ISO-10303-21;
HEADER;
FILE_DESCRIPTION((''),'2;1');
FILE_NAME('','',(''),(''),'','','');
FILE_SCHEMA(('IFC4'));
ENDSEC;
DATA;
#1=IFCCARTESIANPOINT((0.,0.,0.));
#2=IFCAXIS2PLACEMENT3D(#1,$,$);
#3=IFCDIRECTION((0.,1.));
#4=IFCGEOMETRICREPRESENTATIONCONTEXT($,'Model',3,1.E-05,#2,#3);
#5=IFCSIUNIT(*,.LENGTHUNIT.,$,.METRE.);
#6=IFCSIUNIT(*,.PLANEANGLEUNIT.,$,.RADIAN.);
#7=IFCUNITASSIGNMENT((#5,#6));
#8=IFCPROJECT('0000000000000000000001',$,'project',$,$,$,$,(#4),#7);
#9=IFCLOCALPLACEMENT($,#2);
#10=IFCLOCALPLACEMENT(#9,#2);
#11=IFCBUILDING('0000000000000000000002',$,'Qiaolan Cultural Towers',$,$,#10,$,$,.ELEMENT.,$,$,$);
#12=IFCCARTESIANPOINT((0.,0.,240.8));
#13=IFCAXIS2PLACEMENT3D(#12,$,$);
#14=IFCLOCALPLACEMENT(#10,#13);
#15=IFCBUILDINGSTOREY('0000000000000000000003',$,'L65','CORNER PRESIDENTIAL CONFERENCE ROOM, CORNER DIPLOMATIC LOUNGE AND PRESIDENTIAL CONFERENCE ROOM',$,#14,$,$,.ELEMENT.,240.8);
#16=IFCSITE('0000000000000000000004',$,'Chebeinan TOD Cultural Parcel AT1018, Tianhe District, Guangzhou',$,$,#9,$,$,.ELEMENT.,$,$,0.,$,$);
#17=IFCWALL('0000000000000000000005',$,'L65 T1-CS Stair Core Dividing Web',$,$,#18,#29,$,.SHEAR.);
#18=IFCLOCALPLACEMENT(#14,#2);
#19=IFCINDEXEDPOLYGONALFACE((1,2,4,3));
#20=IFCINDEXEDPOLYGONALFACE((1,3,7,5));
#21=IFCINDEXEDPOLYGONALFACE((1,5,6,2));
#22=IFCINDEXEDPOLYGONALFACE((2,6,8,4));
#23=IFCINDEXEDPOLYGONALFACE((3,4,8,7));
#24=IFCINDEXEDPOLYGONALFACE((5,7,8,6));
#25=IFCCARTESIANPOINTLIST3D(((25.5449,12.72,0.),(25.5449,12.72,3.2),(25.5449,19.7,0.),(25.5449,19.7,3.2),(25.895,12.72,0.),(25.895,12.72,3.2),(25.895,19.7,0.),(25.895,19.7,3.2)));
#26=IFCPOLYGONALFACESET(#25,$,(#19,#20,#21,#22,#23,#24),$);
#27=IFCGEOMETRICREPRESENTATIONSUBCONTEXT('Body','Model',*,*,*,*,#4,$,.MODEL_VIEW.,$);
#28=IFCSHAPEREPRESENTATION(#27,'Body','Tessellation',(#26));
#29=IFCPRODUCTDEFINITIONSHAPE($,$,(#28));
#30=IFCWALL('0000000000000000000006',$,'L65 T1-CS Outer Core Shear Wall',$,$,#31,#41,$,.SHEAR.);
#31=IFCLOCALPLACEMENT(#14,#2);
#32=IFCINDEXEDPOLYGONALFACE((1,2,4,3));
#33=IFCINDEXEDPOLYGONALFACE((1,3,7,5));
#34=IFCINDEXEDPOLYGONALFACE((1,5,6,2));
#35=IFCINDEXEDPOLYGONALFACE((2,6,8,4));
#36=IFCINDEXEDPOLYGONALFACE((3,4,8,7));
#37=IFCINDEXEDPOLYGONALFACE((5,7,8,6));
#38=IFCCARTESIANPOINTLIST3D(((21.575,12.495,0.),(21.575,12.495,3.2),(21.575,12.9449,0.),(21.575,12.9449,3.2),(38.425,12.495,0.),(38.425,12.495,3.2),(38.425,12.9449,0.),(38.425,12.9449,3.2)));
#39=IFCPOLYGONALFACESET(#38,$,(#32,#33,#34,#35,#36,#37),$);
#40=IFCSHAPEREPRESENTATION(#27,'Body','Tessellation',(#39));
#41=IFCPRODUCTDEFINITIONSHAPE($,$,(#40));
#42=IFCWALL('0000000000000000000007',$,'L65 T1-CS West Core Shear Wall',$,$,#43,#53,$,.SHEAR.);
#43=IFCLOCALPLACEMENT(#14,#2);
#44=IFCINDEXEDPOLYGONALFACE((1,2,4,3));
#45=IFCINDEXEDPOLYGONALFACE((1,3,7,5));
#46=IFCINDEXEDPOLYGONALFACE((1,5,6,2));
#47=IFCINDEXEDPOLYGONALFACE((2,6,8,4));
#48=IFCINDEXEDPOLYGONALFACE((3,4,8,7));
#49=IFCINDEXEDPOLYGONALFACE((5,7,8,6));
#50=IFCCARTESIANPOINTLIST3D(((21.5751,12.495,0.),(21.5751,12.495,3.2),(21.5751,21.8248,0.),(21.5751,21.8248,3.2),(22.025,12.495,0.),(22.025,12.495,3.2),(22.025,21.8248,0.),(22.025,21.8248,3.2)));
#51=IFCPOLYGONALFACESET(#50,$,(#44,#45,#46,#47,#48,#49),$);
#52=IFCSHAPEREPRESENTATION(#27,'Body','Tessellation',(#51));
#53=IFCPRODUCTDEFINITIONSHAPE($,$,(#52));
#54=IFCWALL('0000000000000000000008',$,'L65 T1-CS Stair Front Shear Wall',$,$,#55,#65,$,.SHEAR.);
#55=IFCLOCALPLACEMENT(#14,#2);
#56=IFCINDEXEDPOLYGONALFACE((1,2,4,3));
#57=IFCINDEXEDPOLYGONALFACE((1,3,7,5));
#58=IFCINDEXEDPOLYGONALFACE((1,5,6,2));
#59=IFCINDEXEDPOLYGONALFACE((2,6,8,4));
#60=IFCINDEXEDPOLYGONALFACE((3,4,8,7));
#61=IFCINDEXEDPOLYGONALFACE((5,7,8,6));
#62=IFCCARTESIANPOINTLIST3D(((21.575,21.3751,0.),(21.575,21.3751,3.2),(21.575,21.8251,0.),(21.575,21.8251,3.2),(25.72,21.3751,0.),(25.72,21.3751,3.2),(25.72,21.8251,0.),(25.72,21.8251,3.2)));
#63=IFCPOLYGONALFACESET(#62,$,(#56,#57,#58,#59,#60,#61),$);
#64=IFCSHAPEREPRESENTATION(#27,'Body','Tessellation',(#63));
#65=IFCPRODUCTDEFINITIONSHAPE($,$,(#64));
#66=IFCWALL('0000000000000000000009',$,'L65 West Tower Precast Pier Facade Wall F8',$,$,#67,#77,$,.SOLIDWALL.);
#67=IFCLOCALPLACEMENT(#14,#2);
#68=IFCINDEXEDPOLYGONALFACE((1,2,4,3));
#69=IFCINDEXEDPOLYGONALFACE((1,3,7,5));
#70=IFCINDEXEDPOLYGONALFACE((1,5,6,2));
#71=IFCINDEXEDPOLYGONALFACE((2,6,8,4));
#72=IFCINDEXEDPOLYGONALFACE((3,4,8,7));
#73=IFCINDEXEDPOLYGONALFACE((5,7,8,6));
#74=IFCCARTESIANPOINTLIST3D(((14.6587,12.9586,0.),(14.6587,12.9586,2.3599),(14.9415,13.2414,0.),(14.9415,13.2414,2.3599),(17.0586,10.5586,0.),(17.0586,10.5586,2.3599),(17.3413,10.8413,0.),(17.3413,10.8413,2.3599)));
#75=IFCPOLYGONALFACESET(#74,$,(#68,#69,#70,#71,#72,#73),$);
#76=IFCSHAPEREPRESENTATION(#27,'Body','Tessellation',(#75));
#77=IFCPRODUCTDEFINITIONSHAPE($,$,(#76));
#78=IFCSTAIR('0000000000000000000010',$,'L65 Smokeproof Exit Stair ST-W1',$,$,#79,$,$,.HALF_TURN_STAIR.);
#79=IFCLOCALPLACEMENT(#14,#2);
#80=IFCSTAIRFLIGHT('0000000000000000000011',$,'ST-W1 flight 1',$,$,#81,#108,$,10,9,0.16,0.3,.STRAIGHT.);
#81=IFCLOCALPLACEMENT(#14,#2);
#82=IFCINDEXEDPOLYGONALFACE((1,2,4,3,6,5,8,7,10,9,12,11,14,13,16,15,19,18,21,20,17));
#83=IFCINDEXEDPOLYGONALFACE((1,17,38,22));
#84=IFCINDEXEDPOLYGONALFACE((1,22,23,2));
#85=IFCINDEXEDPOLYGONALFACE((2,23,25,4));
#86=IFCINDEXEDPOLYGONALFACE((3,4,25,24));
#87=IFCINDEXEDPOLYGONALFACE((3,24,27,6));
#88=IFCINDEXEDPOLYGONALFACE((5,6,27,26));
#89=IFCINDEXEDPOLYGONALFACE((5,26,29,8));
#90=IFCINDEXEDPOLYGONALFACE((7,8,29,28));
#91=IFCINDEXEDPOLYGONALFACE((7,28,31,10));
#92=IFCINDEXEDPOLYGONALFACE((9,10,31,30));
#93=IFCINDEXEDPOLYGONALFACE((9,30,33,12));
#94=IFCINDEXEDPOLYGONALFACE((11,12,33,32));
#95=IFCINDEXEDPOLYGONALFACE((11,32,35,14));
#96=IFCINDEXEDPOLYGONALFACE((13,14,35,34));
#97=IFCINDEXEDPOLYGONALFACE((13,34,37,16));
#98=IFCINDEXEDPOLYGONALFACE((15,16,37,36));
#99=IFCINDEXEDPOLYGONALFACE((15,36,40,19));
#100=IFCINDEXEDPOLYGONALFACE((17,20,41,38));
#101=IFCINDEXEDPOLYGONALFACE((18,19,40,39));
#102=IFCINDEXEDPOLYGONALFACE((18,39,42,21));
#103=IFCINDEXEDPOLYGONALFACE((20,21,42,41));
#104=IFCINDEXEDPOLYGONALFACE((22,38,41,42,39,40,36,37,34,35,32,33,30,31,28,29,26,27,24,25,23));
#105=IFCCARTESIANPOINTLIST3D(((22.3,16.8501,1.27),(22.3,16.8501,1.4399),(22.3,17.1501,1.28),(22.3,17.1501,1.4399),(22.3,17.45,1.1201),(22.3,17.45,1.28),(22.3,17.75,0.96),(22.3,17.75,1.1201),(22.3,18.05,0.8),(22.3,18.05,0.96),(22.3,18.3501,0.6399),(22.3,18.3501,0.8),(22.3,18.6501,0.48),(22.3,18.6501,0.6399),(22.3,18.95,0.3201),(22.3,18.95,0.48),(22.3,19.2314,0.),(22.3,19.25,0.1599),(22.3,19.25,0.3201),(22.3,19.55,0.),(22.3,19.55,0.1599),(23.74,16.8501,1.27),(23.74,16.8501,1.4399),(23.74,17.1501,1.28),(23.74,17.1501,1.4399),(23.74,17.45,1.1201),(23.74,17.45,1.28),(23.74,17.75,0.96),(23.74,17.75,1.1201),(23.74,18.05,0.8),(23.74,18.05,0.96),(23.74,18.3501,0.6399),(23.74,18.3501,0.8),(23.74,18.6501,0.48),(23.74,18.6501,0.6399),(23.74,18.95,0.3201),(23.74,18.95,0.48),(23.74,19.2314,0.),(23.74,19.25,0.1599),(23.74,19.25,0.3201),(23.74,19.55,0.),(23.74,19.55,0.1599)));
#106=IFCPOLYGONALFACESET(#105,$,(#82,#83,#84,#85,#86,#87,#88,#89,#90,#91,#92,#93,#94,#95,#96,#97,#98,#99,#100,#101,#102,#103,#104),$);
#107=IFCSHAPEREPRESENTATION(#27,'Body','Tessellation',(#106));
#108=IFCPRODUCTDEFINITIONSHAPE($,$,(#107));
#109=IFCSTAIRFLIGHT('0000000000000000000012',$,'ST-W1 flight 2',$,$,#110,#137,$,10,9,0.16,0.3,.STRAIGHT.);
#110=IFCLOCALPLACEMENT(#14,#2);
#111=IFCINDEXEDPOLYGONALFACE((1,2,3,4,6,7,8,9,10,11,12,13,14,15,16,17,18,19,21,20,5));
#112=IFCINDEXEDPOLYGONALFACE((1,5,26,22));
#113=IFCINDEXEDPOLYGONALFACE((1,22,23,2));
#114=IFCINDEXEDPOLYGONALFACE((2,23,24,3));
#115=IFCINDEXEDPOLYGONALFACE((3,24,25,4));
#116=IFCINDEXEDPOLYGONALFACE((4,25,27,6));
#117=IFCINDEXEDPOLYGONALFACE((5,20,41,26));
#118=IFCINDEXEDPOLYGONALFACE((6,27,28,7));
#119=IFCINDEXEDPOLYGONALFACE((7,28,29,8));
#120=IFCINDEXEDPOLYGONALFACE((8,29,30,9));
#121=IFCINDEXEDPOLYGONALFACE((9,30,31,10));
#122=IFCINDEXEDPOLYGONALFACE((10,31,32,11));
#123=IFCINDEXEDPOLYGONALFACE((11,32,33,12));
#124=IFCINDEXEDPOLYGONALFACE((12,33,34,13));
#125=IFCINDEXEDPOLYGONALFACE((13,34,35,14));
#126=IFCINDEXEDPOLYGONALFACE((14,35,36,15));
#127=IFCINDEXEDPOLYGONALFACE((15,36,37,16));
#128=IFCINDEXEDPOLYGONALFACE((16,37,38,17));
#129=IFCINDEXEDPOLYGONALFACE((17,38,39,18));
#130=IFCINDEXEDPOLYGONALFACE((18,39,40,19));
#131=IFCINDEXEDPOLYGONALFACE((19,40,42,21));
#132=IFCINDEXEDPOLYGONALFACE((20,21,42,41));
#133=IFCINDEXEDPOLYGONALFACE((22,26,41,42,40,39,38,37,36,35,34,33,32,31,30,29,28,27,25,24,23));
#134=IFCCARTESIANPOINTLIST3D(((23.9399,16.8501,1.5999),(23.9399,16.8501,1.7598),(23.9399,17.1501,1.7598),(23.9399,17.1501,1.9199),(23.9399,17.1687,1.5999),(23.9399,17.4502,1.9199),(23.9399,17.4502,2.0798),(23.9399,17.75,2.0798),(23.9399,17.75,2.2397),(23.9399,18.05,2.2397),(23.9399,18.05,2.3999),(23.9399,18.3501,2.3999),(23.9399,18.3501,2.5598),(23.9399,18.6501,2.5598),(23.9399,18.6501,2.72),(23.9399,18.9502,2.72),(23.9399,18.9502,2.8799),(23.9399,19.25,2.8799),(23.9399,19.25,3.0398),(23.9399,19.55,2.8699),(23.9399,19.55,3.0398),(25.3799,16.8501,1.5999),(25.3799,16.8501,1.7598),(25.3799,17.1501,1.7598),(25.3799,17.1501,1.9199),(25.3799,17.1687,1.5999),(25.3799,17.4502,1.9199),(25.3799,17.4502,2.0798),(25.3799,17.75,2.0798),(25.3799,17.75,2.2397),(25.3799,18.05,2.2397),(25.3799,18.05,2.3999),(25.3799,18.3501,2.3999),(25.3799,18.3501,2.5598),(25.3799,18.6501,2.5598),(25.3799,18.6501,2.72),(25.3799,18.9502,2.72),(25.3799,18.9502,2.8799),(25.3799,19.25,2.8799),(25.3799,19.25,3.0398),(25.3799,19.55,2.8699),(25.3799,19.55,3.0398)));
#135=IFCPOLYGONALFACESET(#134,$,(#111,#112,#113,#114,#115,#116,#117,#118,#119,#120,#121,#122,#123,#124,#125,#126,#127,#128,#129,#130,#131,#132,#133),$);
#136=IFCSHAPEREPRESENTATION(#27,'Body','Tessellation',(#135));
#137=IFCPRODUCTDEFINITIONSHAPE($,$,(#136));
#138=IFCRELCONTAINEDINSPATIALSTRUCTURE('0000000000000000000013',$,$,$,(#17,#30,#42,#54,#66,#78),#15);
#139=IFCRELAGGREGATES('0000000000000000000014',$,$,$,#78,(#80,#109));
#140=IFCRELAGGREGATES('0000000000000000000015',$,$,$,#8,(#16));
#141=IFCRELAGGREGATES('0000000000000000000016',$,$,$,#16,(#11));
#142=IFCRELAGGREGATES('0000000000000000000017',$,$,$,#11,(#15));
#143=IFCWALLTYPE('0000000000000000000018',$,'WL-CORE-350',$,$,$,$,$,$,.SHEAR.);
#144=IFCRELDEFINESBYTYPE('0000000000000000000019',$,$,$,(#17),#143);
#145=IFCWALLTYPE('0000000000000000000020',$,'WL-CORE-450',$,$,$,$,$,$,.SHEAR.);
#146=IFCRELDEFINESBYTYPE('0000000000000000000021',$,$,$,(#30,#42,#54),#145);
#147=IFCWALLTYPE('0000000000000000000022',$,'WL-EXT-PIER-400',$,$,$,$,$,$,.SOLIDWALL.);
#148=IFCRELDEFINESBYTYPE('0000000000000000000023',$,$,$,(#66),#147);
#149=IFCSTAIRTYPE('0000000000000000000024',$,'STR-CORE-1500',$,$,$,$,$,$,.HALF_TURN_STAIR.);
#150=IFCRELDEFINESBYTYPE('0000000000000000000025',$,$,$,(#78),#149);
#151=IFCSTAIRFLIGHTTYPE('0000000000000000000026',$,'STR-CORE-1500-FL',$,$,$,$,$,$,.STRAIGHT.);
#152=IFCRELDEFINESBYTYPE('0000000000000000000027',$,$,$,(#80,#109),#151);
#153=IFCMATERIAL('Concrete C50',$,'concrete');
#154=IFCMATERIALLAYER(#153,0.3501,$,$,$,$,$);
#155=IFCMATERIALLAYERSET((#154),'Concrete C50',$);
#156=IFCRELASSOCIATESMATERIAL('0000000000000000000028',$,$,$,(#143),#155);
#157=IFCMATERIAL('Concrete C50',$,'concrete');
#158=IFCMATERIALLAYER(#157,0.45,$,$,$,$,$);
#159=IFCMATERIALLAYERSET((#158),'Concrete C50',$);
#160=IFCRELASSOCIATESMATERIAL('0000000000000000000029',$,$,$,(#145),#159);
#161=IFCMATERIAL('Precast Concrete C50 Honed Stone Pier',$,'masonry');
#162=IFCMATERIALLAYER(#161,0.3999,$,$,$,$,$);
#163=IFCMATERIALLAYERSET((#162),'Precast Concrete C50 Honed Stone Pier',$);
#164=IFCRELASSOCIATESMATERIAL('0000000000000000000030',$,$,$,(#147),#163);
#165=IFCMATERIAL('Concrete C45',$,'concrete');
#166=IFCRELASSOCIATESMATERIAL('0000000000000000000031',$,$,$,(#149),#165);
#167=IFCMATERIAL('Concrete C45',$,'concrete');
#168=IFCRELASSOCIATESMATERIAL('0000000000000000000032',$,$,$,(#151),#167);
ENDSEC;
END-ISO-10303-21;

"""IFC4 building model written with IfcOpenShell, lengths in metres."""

from ifc_helpers import new_model, si_unit, direction, frame, frame_2d, origin, place, context, subcontext, project, spatial, polyline, rectangle, outline, extrude, material, layer, layer_set, type_object, element, aggregate, save


model = new_model("IFC4")

# Units and contexts
model_context = context("Model", 3, precision=1e-05, world=origin(), true_north=direction((0.0, 1.0)))
body_context = subcontext(model_context, "Body", "Model", "MODEL_VIEW")
ifc_project = project(units=[si_unit("LENGTHUNIT", "METRE"), si_unit("PLANEANGLEUNIT", "RADIAN")], contexts=[model_context])

# Site, building, storey
site_placement = place(None, origin())
site = spatial("IfcSite", under=ifc_project, at=site_placement, Name="Chebeinan TOD Cultural Parcel AT1018, Tianhe District, Guangzhou", CompositionType="ELEMENT", RefElevation=0.0)
building_placement = place(site_placement, origin())
building = spatial("IfcBuilding", under=site, at=building_placement, Name="Qiaolan Cultural Towers", CompositionType="ELEMENT")
storey_placement = place(building_placement, frame((0.0, 0.0, 240.8)))
storey = spatial("IfcBuildingStorey", under=building, at=storey_placement, Name="L65", Description="CORNER PRESIDENTIAL CONFERENCE ROOM, CORNER DIPLOMATIC LOUNGE AND PRESIDENTIAL CONFERENCE ROOM", CompositionType="ELEMENT", Elevation=240.8)

# Walls
ifc_material_1 = material(Name="Concrete C50", Category="concrete")
ifc_layer_1 = layer(ifc_material_1, 0.3501)
ifc_layer_set_1 = layer_set([ifc_layer_1], Name="Concrete C50")
wall_type_1 = type_object("IfcWallType", Name="WL-CORE-350", PredefinedType="SHEAR", material=ifc_layer_set_1)
wall_1_placement = place(storey_placement, frame((25.72, 19.7, 0.0), z_axis=(0.0, 0.0, 1.0), x_axis=(0.0, -1.0, 0.0)))
element("IfcWall", 1, at=wall_1_placement, inside=storey, type_object=wall_type_1, Name="L65 T1-CS Stair Core Dividing Web", PredefinedType="SHEAR", context=body_context, shape_type="SweptSolid", body=[
    extrude(rectangle(XDim=6.98, YDim=0.3501, at=frame_2d((3.49, 0.0))), origin(), (0.0, 0.0, 1.0), 3.2),
])
ifc_material_2 = material(Name="Concrete C50", Category="concrete")
ifc_layer_2 = layer(ifc_material_2, 0.45)
ifc_layer_set_2 = layer_set([ifc_layer_2], Name="Concrete C50")
wall_type_2 = type_object("IfcWallType", Name="WL-CORE-450", PredefinedType="SHEAR", material=ifc_layer_set_2)
wall_2_placement = place(storey_placement, frame((21.575, 12.72, 0.0), z_axis=(0.0, 0.0, 1.0), x_axis=(1.0, 0.0, 0.0)))
element("IfcWall", 2, at=wall_2_placement, inside=storey, type_object=wall_type_2, Name="L65 T1-CS Outer Core Shear Wall", PredefinedType="SHEAR", context=body_context, shape_type="SweptSolid", body=[
    extrude(rectangle(XDim=16.8501, YDim=0.45, at=frame_2d((8.425, 0.0))), origin(), (0.0, 0.0, 1.0), 3.2),
])
wall_3_placement = place(storey_placement, frame((21.8, 21.825, 0.0), z_axis=(0.0, 0.0, 1.0), x_axis=(0.0, -1.0, 0.0)))
element("IfcWall", 3, at=wall_3_placement, inside=storey, type_object=wall_type_2, Name="L65 T1-CS West Core Shear Wall", PredefinedType="SHEAR", context=body_context, shape_type="SweptSolid", body=[
    extrude(rectangle(XDim=9.3298, YDim=0.45, at=frame_2d((4.665, 0.0))), origin(), (0.0, 0.0, 1.0), 3.2),
])
wall_4_placement = place(storey_placement, frame((21.575, 21.6001, 0.0), z_axis=(0.0, 0.0, 1.0), x_axis=(1.0, 0.0, 0.0)))
element("IfcWall", 4, at=wall_4_placement, inside=storey, type_object=wall_type_2, Name="L65 T1-CS Stair Front Shear Wall", PredefinedType="SHEAR", context=body_context, shape_type="SweptSolid", body=[
    extrude(rectangle(XDim=4.145, YDim=0.45, at=frame_2d((2.0725, 0.0))), origin(), (0.0, 0.0, 1.0), 3.2),
])
ifc_material_3 = material(Name="Precast Concrete C50 Honed Stone Pier", Category="masonry")
ifc_layer_3 = layer(ifc_material_3, 0.3999)
ifc_layer_set_3 = layer_set([ifc_layer_3], Name="Precast Concrete C50 Honed Stone Pier")
wall_type_3 = type_object("IfcWallType", Name="WL-EXT-PIER-400", PredefinedType="SOLIDWALL", material=ifc_layer_set_3)
wall_5_placement = place(storey_placement, frame((17.2, 10.7, 0.0), z_axis=(0.0, 0.0, 1.0), x_axis=(-0.707071, 0.707143, 0.0)))
element("IfcWall", 5, at=wall_5_placement, inside=storey, type_object=wall_type_3, Name="L65 West Tower Precast Pier Facade Wall F8", PredefinedType="SOLIDWALL", context=body_context, shape_type="SweptSolid", body=[
    extrude(rectangle(XDim=3.394, YDim=0.3999, at=frame_2d((1.697, 0.0))), origin(), (0.0, 0.0, 1.0), 2.3599),
])

# Stair, stair flights
ifc_material_4 = material(Name="Concrete C45", Category="concrete")
stair_type = type_object("IfcStairType", Name="STR-CORE-1500", PredefinedType="HALF_TURN_STAIR", material=ifc_material_4)
stair_placement = place(storey_placement, origin())
stair = element("IfcStair", 6, at=stair_placement, inside=storey, type_object=stair_type, Name="L65 Smokeproof Exit Stair ST-W1", PredefinedType="HALF_TURN_STAIR")
ifc_material_5 = material(Name="Concrete C45", Category="concrete")
stair_flight_type = type_object("IfcStairFlightType", Name="STR-CORE-1500-FL", PredefinedType="STRAIGHT", material=ifc_material_5)
stair_flight_1_placement = place(storey_placement, frame((23.02, 19.55, 0.0), z_axis=(0.0, 0.0, 1.0), x_axis=(0.0, -1.0, 0.0)))
stair_flight_1 = element("IfcStairFlight", 7, at=stair_flight_1_placement, type_object=stair_flight_type, Name="ST-W1 flight 1", NumberOfRisers=10, NumberOfTreads=9, PredefinedType="STRAIGHT", RiserHeight=0.16, TreadLength=0.3, context=body_context, shape_type="SweptSolid", body=[
    extrude(outline(polyline([(0.0, 0.0), (0.0, 0.1599), (0.3, 0.1599), (0.3, 0.3201), (0.6001, 0.3201), (0.6001, 0.48), (0.8999, 0.48), (0.8999, 0.6399), (1.2, 0.6399), (1.2, 0.8), (1.5, 0.8), (1.5, 0.96), (1.8, 0.96), (1.8, 1.1201), (2.1001, 1.1201), (2.1001, 1.28), (2.3999, 1.28), (2.3999, 1.4399), (2.7, 1.4399), (2.7, 1.6001), (2.7, 1.27), (0.3186, 0.0), (0.0, 0.0)])), frame((0.0, 0.72, 0.0), z_axis=(0.0, -1.0, 0.0), x_axis=(1.0, 0.0, 0.0)), (0.0, 0.0, 1.0), 1.4399),
])
stair_flight_2_placement = place(storey_placement, frame((24.6599, 16.8501, 1.5999), z_axis=(0.0, 0.0, 1.0), x_axis=(0.0, 1.0, 0.0)))
stair_flight_2 = element("IfcStairFlight", 8, at=stair_flight_2_placement, type_object=stair_flight_type, Name="ST-W1 flight 2", NumberOfRisers=10, NumberOfTreads=9, PredefinedType="STRAIGHT", RiserHeight=0.16, TreadLength=0.3, context=body_context, shape_type="SweptSolid", body=[
    extrude(outline(polyline([(0.0, 0.0), (0.0, 0.1599), (0.3, 0.1599), (0.3, 0.3201), (0.6001, 0.3201), (0.6001, 0.48), (0.8999, 0.48), (0.8999, 0.6399), (1.2, 0.6399), (1.2, 0.8), (1.5, 0.8), (1.5, 0.96), (1.8, 0.96), (1.8, 1.1201), (2.1001, 1.1201), (2.1001, 1.28), (2.3999, 1.28), (2.3999, 1.4399), (2.7, 1.4399), (2.7, 1.6001), (2.7, 1.27), (0.3186, 0.0), (0.0, 0.0)])), frame((0.0, 0.72, 0.0), z_axis=(0.0, -1.0, 0.0), x_axis=(1.0, 0.0, 0.0)), (0.0, 0.0, 1.0), 1.4399),
])
aggregate(stair, [stair_flight_1, stair_flight_2])

save(model, "model.ifc")
